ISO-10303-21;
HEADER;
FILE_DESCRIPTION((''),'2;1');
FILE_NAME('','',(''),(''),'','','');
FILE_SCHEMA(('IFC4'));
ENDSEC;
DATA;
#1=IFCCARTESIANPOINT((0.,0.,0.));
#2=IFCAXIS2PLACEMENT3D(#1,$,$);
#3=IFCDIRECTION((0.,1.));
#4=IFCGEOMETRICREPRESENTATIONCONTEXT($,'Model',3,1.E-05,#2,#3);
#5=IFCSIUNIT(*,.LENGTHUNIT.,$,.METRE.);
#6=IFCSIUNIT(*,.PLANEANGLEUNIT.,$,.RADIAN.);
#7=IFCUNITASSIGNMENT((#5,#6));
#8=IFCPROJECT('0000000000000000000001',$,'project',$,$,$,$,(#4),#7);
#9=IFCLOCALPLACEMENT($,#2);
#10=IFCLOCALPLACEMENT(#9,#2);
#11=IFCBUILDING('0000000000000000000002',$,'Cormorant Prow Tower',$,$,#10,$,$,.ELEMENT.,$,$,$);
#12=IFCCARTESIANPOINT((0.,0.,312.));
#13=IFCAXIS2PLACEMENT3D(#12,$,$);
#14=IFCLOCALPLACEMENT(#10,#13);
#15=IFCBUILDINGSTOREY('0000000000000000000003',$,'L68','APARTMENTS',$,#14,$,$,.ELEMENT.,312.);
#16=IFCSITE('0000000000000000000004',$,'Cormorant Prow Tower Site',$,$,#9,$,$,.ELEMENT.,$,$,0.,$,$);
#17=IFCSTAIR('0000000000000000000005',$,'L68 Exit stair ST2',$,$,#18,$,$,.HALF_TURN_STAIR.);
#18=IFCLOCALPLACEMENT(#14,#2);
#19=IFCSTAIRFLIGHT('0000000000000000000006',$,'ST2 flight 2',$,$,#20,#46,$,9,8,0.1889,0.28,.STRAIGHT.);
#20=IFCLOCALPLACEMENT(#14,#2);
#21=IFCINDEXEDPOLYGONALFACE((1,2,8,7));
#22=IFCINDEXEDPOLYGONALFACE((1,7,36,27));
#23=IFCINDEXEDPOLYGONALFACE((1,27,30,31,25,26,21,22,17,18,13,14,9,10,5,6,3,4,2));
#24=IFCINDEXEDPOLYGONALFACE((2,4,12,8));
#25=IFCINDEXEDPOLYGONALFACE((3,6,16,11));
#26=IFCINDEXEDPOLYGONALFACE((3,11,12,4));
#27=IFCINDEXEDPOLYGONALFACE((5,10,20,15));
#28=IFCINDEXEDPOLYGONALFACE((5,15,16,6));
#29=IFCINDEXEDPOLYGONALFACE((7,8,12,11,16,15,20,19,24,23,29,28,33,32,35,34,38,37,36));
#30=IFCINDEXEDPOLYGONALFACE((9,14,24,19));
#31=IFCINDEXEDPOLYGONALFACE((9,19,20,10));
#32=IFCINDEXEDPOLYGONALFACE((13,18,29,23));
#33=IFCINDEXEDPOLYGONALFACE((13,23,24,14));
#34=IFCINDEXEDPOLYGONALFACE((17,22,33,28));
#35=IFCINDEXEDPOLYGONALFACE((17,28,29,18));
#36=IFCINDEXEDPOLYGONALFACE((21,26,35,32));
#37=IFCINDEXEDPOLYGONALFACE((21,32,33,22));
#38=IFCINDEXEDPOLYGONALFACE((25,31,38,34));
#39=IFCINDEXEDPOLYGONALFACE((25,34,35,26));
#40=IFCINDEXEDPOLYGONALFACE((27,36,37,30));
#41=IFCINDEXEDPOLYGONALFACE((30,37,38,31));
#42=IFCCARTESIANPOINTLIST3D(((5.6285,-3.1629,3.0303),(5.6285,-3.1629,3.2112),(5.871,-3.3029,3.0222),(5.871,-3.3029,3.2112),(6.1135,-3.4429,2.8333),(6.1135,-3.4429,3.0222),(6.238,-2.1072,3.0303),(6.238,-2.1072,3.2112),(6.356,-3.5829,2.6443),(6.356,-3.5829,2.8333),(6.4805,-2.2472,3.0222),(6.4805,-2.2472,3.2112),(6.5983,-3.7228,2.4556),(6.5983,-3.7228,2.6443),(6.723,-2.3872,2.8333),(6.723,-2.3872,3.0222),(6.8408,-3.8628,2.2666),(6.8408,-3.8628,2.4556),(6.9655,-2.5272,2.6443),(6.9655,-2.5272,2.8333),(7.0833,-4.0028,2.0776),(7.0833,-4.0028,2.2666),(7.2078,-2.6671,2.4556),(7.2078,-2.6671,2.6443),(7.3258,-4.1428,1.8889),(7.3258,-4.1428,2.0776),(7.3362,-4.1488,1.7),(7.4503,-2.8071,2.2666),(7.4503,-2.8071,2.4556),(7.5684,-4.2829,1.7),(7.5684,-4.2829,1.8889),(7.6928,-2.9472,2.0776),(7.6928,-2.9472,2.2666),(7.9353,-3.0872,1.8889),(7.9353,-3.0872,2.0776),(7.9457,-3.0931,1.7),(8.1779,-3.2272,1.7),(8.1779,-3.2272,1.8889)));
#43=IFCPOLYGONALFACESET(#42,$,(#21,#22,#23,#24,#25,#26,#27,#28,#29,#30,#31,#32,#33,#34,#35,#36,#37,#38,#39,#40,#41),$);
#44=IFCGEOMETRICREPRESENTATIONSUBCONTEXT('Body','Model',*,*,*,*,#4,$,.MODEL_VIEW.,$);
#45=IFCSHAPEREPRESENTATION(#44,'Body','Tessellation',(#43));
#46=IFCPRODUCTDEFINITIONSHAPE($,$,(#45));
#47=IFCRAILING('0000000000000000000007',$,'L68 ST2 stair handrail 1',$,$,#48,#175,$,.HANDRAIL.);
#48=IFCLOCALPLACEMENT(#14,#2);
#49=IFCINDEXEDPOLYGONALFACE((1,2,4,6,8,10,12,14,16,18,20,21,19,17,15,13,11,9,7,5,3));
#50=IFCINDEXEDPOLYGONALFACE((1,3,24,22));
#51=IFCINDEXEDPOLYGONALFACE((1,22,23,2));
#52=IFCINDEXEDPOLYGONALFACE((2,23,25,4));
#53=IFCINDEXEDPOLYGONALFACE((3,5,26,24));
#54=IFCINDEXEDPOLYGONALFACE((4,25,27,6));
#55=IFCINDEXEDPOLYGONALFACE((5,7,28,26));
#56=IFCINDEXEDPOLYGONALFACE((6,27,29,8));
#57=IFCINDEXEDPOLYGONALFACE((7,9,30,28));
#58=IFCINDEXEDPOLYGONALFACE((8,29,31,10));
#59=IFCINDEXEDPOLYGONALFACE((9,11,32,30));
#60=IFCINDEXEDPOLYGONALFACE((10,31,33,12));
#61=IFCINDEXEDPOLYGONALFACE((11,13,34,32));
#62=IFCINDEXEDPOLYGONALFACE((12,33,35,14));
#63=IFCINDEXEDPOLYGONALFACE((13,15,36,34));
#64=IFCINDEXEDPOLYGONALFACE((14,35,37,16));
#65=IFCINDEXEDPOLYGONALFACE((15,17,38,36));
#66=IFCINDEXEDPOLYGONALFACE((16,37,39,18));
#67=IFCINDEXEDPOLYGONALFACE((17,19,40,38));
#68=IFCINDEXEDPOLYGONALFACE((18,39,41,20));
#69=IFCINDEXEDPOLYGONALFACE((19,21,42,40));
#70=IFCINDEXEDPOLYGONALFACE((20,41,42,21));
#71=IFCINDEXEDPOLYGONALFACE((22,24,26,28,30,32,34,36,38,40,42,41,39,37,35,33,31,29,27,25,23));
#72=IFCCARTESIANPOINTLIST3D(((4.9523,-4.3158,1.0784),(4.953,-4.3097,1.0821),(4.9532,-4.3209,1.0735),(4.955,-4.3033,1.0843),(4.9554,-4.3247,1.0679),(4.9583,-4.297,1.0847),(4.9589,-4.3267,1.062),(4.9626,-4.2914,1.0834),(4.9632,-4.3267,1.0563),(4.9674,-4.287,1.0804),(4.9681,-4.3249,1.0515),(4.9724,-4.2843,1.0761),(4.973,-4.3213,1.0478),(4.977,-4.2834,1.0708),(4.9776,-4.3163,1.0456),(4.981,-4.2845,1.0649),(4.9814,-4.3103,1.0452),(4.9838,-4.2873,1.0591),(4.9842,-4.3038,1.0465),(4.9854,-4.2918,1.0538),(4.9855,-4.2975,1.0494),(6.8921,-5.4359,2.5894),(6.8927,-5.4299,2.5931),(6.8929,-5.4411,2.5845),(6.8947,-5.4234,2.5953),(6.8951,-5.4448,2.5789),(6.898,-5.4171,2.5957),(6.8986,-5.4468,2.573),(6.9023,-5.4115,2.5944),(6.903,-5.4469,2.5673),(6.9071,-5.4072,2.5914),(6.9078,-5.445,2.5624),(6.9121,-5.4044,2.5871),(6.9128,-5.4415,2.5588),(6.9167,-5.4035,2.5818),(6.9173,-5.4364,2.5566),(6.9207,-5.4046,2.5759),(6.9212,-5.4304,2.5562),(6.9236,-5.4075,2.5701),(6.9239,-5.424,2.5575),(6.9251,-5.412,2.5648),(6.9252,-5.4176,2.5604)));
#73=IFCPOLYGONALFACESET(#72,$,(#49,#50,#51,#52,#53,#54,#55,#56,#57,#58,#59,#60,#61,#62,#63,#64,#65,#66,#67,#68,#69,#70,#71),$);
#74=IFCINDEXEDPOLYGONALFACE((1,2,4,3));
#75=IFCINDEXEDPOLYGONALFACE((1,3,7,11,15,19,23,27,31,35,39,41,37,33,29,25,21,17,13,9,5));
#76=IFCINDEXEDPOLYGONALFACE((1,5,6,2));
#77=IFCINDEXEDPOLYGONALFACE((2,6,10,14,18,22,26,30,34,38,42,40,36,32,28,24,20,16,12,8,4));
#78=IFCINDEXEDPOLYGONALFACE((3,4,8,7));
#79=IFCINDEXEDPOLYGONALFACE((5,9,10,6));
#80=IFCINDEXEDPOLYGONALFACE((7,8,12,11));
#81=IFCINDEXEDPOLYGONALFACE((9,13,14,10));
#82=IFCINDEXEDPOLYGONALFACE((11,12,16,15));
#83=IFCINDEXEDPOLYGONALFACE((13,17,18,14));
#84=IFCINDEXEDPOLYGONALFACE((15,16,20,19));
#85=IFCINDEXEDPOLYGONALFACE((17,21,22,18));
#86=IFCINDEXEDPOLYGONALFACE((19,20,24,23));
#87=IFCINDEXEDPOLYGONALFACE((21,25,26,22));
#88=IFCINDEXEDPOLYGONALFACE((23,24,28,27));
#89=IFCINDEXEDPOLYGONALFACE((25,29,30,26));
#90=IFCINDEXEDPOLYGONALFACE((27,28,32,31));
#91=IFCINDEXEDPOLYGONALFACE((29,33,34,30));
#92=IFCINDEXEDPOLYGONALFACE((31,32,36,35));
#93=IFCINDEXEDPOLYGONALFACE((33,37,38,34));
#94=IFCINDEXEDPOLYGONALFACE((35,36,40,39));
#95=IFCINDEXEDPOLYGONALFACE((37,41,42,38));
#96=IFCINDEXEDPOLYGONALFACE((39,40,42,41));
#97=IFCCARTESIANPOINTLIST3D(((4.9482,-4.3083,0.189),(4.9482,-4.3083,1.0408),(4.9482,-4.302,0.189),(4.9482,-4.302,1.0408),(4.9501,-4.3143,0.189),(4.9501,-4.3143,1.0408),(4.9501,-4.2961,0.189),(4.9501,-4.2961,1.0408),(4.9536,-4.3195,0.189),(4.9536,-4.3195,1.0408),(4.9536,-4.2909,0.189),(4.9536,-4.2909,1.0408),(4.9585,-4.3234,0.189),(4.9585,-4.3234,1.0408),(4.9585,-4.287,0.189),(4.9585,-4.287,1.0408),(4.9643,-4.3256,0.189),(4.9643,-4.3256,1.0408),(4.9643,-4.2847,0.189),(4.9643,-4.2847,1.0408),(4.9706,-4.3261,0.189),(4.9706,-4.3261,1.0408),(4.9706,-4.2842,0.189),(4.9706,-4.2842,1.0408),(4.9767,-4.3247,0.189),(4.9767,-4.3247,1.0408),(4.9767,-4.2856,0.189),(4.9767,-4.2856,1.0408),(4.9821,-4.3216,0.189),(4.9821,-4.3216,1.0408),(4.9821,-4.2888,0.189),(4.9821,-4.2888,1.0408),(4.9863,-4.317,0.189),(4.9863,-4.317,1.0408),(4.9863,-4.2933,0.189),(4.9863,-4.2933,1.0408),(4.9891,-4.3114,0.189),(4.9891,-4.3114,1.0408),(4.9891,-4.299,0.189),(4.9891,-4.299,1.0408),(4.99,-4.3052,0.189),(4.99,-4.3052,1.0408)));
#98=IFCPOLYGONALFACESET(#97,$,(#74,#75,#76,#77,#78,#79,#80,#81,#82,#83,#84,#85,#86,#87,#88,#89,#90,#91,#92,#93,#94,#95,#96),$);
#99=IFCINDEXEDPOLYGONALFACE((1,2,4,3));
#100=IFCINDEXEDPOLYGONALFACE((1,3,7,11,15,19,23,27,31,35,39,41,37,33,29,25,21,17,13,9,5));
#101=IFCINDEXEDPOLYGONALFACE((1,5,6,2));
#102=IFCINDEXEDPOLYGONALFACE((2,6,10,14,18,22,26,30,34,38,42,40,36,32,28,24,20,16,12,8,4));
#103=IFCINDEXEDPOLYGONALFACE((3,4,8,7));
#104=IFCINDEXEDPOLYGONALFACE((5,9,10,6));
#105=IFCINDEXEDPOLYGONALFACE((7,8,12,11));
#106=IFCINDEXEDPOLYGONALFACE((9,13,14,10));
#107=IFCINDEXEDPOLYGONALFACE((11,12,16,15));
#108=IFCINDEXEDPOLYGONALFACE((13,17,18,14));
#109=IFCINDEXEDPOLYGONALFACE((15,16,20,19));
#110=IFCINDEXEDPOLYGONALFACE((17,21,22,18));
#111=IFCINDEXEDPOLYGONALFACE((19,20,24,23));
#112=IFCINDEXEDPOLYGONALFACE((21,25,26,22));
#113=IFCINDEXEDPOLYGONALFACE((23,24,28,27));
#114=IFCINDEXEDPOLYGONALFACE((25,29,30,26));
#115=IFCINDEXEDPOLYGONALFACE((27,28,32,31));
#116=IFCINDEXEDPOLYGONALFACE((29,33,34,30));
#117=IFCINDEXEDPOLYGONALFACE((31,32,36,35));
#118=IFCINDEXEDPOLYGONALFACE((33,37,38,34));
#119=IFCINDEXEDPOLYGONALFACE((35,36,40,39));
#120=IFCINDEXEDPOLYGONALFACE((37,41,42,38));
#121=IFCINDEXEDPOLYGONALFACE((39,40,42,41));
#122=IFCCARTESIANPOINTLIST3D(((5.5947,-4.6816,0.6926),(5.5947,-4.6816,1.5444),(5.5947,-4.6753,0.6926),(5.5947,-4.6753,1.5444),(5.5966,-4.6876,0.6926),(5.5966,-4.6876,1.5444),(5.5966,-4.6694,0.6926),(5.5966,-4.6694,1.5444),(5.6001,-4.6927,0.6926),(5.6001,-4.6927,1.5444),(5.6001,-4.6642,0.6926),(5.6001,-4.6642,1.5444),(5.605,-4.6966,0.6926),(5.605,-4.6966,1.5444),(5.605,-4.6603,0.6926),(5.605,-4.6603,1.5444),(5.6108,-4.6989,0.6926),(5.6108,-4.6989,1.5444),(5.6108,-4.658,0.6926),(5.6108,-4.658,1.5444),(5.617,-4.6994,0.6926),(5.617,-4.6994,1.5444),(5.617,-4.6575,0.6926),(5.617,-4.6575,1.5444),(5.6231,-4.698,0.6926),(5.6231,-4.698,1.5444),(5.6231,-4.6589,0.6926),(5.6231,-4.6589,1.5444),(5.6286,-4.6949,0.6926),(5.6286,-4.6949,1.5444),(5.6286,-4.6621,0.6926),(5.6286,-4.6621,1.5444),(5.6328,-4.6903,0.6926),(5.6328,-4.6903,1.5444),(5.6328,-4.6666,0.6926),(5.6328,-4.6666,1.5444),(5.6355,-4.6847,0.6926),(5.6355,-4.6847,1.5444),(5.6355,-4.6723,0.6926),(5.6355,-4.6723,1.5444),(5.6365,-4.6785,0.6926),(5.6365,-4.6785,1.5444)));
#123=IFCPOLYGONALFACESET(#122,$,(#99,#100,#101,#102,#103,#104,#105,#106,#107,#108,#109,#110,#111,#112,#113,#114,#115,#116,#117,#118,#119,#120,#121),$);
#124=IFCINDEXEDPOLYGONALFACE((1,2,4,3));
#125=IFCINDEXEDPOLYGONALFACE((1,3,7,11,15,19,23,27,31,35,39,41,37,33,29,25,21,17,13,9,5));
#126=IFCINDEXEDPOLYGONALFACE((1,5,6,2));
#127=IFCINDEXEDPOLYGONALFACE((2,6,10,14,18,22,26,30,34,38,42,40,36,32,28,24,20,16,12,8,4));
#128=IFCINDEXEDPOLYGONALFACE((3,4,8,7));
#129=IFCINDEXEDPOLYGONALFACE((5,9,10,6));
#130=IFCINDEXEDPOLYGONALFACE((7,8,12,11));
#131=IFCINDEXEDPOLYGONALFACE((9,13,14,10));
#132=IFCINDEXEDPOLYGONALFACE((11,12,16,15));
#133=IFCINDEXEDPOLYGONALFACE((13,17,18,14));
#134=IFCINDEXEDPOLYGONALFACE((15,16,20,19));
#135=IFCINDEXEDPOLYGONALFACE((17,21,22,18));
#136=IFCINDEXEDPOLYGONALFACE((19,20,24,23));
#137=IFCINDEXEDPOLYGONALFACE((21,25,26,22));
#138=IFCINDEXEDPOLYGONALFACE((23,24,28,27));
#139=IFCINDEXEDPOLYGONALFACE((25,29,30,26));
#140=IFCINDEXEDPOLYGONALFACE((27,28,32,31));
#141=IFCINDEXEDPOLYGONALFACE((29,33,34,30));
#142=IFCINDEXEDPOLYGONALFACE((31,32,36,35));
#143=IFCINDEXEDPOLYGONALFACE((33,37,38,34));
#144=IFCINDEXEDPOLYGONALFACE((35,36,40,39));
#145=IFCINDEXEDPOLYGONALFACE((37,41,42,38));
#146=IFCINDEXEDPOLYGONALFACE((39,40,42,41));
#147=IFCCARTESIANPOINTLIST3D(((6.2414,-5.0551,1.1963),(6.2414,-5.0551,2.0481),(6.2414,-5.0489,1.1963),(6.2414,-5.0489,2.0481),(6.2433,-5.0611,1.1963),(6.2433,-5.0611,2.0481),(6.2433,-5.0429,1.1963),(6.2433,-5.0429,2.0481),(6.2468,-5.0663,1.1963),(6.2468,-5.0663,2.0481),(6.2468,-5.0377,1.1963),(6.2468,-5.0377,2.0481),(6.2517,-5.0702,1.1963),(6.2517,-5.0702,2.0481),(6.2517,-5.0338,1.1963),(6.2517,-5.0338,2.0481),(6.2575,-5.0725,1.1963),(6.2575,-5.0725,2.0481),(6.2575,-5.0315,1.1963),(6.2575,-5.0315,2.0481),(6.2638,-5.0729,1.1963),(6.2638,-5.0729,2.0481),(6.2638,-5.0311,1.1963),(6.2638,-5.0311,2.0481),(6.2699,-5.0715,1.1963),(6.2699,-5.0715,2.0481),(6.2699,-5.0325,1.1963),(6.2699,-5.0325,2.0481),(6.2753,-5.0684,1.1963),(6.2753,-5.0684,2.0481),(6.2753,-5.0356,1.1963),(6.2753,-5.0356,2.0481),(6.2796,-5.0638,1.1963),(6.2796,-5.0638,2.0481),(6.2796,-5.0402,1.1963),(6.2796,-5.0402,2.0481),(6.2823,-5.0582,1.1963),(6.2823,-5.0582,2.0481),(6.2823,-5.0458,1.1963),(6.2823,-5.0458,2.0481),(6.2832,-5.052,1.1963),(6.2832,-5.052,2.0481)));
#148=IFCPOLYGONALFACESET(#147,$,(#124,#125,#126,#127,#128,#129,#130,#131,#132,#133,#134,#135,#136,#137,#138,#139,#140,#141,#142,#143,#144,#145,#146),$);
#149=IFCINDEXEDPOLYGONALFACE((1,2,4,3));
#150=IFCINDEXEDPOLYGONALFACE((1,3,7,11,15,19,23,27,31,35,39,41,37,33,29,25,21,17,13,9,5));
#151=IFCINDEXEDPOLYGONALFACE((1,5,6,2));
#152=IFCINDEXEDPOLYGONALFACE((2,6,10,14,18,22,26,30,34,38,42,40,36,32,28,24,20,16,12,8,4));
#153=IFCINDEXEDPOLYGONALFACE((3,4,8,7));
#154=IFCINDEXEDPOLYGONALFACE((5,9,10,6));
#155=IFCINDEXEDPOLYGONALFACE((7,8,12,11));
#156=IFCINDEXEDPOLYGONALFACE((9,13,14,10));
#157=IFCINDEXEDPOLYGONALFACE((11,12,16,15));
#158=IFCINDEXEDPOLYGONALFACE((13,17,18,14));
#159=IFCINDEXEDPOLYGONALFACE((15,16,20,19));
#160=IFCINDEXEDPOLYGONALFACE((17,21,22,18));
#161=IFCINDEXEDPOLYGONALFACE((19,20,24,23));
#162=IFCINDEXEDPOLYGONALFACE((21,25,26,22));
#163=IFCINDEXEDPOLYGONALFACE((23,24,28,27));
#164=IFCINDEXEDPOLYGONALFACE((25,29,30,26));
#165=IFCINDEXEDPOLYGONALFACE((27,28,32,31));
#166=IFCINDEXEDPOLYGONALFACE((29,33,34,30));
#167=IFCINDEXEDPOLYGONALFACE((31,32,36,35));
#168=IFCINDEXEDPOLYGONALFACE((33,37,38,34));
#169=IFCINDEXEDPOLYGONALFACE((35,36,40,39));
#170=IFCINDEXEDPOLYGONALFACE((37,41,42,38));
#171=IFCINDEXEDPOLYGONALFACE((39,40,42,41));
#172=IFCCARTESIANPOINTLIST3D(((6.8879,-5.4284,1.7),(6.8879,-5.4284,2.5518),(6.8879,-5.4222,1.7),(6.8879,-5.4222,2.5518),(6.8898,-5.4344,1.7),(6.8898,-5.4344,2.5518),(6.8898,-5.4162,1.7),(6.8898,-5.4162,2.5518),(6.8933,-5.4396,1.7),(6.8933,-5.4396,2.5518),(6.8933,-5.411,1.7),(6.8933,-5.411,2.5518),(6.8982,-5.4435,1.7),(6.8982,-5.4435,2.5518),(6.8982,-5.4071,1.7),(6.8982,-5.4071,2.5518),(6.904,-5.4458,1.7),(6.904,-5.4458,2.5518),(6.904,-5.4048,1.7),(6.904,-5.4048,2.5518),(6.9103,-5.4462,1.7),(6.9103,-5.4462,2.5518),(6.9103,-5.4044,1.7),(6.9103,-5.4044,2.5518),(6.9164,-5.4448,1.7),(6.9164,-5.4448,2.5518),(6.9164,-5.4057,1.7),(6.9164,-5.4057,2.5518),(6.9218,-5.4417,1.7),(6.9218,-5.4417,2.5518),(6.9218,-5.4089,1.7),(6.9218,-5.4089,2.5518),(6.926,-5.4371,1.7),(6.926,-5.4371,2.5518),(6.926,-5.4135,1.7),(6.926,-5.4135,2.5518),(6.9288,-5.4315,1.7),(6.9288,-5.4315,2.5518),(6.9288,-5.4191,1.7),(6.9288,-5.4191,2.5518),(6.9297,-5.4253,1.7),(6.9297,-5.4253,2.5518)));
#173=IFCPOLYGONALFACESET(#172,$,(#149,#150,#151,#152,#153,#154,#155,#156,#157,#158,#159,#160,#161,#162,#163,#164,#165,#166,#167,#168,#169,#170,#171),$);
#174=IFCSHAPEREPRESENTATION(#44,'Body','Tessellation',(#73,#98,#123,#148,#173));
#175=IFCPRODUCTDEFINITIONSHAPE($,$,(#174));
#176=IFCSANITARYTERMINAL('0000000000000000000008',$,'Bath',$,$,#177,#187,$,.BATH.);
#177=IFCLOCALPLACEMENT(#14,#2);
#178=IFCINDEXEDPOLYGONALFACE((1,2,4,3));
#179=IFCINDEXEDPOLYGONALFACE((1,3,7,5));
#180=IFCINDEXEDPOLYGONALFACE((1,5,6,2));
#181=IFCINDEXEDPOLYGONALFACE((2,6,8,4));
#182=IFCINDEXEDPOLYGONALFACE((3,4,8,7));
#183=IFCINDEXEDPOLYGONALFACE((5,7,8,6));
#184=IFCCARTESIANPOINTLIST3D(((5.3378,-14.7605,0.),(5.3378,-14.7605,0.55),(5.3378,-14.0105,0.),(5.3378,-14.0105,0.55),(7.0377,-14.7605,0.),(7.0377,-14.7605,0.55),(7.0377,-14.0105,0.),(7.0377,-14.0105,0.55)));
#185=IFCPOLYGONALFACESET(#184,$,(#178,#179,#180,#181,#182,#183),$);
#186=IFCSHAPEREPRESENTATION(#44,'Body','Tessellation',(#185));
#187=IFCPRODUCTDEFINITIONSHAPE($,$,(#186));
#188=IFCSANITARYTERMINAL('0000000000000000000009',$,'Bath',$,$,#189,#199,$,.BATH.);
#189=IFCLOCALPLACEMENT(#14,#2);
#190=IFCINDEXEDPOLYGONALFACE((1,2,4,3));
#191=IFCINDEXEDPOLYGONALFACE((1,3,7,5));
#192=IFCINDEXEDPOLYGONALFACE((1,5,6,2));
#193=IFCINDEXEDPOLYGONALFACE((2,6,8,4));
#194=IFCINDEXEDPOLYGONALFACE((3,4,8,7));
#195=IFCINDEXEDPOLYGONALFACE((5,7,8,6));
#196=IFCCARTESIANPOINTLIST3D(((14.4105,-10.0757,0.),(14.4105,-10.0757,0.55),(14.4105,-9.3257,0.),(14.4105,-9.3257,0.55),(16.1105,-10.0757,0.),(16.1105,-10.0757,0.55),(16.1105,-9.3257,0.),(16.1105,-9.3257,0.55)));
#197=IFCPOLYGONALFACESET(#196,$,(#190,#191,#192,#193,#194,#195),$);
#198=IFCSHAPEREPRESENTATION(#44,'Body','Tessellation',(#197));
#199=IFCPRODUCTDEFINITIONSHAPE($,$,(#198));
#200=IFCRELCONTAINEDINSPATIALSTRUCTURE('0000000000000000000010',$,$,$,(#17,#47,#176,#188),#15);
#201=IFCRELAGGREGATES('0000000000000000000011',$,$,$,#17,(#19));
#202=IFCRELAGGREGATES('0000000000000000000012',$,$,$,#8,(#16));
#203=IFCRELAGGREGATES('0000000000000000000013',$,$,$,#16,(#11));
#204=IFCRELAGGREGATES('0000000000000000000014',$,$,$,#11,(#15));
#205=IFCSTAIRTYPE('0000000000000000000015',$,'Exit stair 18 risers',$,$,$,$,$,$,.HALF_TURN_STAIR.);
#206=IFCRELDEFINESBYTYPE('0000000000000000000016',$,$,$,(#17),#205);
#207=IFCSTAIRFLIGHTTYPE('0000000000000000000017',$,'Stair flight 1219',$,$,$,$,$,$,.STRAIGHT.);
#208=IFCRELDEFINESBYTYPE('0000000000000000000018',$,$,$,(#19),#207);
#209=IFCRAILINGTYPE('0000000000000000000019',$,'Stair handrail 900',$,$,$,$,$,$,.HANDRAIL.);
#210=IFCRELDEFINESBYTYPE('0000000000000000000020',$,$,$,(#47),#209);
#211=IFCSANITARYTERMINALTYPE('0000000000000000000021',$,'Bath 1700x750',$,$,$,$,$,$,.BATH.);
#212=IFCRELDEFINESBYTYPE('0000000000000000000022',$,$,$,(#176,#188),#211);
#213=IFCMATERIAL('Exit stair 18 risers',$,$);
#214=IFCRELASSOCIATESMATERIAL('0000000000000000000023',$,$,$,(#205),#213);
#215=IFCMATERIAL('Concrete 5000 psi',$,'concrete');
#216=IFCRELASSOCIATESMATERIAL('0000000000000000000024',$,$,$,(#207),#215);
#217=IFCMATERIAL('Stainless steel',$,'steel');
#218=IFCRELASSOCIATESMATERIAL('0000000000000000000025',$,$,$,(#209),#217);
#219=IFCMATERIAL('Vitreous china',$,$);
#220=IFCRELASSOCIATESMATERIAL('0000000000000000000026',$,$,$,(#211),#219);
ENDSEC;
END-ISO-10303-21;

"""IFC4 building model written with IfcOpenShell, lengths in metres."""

from ifc_helpers import new_model, si_unit, direction, frame, origin, origin_2d, place, context, subcontext, project, spatial, polyline, rectangle, circle, outline, extrude, material, type_object, element, aggregate, save


model = new_model("IFC4")

# Units and contexts
model_context = context("Model", 3, precision=1e-05, world=origin(), true_north=direction((0.0, 1.0)))
body_context = subcontext(model_context, "Body", "Model", "MODEL_VIEW")
ifc_project = project(units=[si_unit("LENGTHUNIT", "METRE"), si_unit("PLANEANGLEUNIT", "RADIAN")], contexts=[model_context])

# Site, building, storey
site_placement = place(None, origin())
site = spatial("IfcSite", under=ifc_project, at=site_placement, Name="Cormorant Prow Tower Site", CompositionType="ELEMENT", RefElevation=0.0)
building_placement = place(site_placement, origin())
building = spatial("IfcBuilding", under=site, at=building_placement, Name="Cormorant Prow Tower", CompositionType="ELEMENT")
storey_placement = place(building_placement, frame((0.0, 0.0, 312.0)))
storey = spatial("IfcBuildingStorey", under=building, at=storey_placement, Name="L68", Description="APARTMENTS", CompositionType="ELEMENT", Elevation=312.0)

# Stair, stair flight
ifc_material_1 = material(Name="Exit stair 18 risers")
stair_type = type_object("IfcStairType", Name="Exit stair 18 risers", PredefinedType="HALF_TURN_STAIR", material=ifc_material_1)
stair_placement = place(storey_placement, origin())
stair = element("IfcStair", 1, at=stair_placement, inside=storey, type_object=stair_type, Name="L68 Exit stair ST2", PredefinedType="HALF_TURN_STAIR")
ifc_material_2 = material(Name="Concrete 5000 psi", Category="concrete")
stair_flight_type = type_object("IfcStairFlightType", Name="Stair flight 1219", PredefinedType="STRAIGHT", material=ifc_material_2)
stair_flight_1_placement = place(storey_placement, frame((7.873, -3.7551, 1.7), z_axis=(0.0, 0.0, 1.0), x_axis=(-0.866025, 0.5, 0.0)))
stair_flight_1 = element("IfcStairFlight", 2, at=stair_flight_1_placement, type_object=stair_flight_type, Name="ST2 flight 2", NumberOfRisers=9, NumberOfTreads=8, PredefinedType="STRAIGHT", RiserHeight=0.1889, TreadLength=0.28, context=body_context, shape_type="SweptSolid", body=[
    extrude(outline(polyline([(0.0, 0.0), (0.0, 0.189), (0.28, 0.189), (0.28, 0.3777), (0.5601, 0.3777), (0.5601, 0.5667), (0.8401, 0.5667), (0.8401, 0.7556), (1.1201, 0.7556), (1.1201, 0.9443), (1.3999, 0.9443), (1.3999, 1.1333), (1.6799, 1.1333), (1.6799, 1.3223), (1.96, 1.3223), (1.96, 1.5112), (2.24, 1.5112), (2.24, 1.7), (2.24, 1.3303), (0.2681, 0.0), (0.0, 0.0)])), frame((0.0, 0.6094, 0.0), z_axis=(0.0, -1.0, 0.0), x_axis=(1.0, 0.0, 0.0)), (0.0, 0.0, 1.0), 1.219),
])
aggregate(stair, [stair_flight_1])

# Railing
ifc_material_3 = material(Name="Stainless steel", Category="steel")
railing_type = type_object("IfcRailingType", Name="Stair handrail 900", PredefinedType="HANDRAIL", material=ifc_material_3)
railing_placement = place(storey_placement, frame((4.969, -4.3052, 0.189)))
element("IfcRailing", 3, at=railing_placement, inside=storey, type_object=railing_type, Name="L68 ST2 stair handrail 1", PredefinedType="HANDRAIL", context=body_context, shape_type="SweptSolid", body=[
    extrude(circle(Radius=0.0239, at=origin_2d()), frame((0.0, 0.0, 0.876), z_axis=(0.717906, -0.414569, 0.559235), x_axis=(0.500078, 0.86598, 0.0)), (0.0, 0.0, 1.0), 2.7019),
    extrude(circle(Radius=0.021, at=origin_2d()), origin(), (0.0, 0.0, 1.0), 0.8518),
    extrude(circle(Radius=0.021, at=origin_2d()), frame((0.6465, -0.3733, 0.5037)), (0.0, 0.0, 1.0), 0.8518),
    extrude(circle(Radius=0.021, at=origin_2d()), frame((1.2932, -0.7468, 1.0073)), (0.0, 0.0, 1.0), 0.8518),
    extrude(circle(Radius=0.021, at=origin_2d()), frame((1.9397, -1.1201, 1.511)), (0.0, 0.0, 1.0), 0.8518),
])

# Sanitary terminals
ifc_material_4 = material(Name="Vitreous china")
sanitary_terminal_type_1 = type_object("IfcSanitaryTerminalType", Name="Bath 1700x750", PredefinedType="BATH", material=ifc_material_4)
for number, where, z_axis, x_axis, name in (
    (4, (6.1877, -14.3855, 0.0), (0.0, 0.0, 1.0), (1.0, 0.0, 0.0), "Bath"),
    (5, (15.2605, -9.7007, 0.0), (0.0, 0.0, 1.0), (1.0, 0.0, 0.0), "Bath"),
):
    element("IfcSanitaryTerminal", number, at=place(storey_placement, frame(where, z_axis=z_axis, x_axis=x_axis)), inside=storey, type_object=sanitary_terminal_type_1, Name=name, PredefinedType="BATH", context=body_context, shape_type="SweptSolid", body=[
        extrude(rectangle(XDim=1.7, YDim=0.75, at=origin_2d()), origin(), (0.0, 0.0, 1.0), 0.55),
    ])

save(model, "model.ifc")
